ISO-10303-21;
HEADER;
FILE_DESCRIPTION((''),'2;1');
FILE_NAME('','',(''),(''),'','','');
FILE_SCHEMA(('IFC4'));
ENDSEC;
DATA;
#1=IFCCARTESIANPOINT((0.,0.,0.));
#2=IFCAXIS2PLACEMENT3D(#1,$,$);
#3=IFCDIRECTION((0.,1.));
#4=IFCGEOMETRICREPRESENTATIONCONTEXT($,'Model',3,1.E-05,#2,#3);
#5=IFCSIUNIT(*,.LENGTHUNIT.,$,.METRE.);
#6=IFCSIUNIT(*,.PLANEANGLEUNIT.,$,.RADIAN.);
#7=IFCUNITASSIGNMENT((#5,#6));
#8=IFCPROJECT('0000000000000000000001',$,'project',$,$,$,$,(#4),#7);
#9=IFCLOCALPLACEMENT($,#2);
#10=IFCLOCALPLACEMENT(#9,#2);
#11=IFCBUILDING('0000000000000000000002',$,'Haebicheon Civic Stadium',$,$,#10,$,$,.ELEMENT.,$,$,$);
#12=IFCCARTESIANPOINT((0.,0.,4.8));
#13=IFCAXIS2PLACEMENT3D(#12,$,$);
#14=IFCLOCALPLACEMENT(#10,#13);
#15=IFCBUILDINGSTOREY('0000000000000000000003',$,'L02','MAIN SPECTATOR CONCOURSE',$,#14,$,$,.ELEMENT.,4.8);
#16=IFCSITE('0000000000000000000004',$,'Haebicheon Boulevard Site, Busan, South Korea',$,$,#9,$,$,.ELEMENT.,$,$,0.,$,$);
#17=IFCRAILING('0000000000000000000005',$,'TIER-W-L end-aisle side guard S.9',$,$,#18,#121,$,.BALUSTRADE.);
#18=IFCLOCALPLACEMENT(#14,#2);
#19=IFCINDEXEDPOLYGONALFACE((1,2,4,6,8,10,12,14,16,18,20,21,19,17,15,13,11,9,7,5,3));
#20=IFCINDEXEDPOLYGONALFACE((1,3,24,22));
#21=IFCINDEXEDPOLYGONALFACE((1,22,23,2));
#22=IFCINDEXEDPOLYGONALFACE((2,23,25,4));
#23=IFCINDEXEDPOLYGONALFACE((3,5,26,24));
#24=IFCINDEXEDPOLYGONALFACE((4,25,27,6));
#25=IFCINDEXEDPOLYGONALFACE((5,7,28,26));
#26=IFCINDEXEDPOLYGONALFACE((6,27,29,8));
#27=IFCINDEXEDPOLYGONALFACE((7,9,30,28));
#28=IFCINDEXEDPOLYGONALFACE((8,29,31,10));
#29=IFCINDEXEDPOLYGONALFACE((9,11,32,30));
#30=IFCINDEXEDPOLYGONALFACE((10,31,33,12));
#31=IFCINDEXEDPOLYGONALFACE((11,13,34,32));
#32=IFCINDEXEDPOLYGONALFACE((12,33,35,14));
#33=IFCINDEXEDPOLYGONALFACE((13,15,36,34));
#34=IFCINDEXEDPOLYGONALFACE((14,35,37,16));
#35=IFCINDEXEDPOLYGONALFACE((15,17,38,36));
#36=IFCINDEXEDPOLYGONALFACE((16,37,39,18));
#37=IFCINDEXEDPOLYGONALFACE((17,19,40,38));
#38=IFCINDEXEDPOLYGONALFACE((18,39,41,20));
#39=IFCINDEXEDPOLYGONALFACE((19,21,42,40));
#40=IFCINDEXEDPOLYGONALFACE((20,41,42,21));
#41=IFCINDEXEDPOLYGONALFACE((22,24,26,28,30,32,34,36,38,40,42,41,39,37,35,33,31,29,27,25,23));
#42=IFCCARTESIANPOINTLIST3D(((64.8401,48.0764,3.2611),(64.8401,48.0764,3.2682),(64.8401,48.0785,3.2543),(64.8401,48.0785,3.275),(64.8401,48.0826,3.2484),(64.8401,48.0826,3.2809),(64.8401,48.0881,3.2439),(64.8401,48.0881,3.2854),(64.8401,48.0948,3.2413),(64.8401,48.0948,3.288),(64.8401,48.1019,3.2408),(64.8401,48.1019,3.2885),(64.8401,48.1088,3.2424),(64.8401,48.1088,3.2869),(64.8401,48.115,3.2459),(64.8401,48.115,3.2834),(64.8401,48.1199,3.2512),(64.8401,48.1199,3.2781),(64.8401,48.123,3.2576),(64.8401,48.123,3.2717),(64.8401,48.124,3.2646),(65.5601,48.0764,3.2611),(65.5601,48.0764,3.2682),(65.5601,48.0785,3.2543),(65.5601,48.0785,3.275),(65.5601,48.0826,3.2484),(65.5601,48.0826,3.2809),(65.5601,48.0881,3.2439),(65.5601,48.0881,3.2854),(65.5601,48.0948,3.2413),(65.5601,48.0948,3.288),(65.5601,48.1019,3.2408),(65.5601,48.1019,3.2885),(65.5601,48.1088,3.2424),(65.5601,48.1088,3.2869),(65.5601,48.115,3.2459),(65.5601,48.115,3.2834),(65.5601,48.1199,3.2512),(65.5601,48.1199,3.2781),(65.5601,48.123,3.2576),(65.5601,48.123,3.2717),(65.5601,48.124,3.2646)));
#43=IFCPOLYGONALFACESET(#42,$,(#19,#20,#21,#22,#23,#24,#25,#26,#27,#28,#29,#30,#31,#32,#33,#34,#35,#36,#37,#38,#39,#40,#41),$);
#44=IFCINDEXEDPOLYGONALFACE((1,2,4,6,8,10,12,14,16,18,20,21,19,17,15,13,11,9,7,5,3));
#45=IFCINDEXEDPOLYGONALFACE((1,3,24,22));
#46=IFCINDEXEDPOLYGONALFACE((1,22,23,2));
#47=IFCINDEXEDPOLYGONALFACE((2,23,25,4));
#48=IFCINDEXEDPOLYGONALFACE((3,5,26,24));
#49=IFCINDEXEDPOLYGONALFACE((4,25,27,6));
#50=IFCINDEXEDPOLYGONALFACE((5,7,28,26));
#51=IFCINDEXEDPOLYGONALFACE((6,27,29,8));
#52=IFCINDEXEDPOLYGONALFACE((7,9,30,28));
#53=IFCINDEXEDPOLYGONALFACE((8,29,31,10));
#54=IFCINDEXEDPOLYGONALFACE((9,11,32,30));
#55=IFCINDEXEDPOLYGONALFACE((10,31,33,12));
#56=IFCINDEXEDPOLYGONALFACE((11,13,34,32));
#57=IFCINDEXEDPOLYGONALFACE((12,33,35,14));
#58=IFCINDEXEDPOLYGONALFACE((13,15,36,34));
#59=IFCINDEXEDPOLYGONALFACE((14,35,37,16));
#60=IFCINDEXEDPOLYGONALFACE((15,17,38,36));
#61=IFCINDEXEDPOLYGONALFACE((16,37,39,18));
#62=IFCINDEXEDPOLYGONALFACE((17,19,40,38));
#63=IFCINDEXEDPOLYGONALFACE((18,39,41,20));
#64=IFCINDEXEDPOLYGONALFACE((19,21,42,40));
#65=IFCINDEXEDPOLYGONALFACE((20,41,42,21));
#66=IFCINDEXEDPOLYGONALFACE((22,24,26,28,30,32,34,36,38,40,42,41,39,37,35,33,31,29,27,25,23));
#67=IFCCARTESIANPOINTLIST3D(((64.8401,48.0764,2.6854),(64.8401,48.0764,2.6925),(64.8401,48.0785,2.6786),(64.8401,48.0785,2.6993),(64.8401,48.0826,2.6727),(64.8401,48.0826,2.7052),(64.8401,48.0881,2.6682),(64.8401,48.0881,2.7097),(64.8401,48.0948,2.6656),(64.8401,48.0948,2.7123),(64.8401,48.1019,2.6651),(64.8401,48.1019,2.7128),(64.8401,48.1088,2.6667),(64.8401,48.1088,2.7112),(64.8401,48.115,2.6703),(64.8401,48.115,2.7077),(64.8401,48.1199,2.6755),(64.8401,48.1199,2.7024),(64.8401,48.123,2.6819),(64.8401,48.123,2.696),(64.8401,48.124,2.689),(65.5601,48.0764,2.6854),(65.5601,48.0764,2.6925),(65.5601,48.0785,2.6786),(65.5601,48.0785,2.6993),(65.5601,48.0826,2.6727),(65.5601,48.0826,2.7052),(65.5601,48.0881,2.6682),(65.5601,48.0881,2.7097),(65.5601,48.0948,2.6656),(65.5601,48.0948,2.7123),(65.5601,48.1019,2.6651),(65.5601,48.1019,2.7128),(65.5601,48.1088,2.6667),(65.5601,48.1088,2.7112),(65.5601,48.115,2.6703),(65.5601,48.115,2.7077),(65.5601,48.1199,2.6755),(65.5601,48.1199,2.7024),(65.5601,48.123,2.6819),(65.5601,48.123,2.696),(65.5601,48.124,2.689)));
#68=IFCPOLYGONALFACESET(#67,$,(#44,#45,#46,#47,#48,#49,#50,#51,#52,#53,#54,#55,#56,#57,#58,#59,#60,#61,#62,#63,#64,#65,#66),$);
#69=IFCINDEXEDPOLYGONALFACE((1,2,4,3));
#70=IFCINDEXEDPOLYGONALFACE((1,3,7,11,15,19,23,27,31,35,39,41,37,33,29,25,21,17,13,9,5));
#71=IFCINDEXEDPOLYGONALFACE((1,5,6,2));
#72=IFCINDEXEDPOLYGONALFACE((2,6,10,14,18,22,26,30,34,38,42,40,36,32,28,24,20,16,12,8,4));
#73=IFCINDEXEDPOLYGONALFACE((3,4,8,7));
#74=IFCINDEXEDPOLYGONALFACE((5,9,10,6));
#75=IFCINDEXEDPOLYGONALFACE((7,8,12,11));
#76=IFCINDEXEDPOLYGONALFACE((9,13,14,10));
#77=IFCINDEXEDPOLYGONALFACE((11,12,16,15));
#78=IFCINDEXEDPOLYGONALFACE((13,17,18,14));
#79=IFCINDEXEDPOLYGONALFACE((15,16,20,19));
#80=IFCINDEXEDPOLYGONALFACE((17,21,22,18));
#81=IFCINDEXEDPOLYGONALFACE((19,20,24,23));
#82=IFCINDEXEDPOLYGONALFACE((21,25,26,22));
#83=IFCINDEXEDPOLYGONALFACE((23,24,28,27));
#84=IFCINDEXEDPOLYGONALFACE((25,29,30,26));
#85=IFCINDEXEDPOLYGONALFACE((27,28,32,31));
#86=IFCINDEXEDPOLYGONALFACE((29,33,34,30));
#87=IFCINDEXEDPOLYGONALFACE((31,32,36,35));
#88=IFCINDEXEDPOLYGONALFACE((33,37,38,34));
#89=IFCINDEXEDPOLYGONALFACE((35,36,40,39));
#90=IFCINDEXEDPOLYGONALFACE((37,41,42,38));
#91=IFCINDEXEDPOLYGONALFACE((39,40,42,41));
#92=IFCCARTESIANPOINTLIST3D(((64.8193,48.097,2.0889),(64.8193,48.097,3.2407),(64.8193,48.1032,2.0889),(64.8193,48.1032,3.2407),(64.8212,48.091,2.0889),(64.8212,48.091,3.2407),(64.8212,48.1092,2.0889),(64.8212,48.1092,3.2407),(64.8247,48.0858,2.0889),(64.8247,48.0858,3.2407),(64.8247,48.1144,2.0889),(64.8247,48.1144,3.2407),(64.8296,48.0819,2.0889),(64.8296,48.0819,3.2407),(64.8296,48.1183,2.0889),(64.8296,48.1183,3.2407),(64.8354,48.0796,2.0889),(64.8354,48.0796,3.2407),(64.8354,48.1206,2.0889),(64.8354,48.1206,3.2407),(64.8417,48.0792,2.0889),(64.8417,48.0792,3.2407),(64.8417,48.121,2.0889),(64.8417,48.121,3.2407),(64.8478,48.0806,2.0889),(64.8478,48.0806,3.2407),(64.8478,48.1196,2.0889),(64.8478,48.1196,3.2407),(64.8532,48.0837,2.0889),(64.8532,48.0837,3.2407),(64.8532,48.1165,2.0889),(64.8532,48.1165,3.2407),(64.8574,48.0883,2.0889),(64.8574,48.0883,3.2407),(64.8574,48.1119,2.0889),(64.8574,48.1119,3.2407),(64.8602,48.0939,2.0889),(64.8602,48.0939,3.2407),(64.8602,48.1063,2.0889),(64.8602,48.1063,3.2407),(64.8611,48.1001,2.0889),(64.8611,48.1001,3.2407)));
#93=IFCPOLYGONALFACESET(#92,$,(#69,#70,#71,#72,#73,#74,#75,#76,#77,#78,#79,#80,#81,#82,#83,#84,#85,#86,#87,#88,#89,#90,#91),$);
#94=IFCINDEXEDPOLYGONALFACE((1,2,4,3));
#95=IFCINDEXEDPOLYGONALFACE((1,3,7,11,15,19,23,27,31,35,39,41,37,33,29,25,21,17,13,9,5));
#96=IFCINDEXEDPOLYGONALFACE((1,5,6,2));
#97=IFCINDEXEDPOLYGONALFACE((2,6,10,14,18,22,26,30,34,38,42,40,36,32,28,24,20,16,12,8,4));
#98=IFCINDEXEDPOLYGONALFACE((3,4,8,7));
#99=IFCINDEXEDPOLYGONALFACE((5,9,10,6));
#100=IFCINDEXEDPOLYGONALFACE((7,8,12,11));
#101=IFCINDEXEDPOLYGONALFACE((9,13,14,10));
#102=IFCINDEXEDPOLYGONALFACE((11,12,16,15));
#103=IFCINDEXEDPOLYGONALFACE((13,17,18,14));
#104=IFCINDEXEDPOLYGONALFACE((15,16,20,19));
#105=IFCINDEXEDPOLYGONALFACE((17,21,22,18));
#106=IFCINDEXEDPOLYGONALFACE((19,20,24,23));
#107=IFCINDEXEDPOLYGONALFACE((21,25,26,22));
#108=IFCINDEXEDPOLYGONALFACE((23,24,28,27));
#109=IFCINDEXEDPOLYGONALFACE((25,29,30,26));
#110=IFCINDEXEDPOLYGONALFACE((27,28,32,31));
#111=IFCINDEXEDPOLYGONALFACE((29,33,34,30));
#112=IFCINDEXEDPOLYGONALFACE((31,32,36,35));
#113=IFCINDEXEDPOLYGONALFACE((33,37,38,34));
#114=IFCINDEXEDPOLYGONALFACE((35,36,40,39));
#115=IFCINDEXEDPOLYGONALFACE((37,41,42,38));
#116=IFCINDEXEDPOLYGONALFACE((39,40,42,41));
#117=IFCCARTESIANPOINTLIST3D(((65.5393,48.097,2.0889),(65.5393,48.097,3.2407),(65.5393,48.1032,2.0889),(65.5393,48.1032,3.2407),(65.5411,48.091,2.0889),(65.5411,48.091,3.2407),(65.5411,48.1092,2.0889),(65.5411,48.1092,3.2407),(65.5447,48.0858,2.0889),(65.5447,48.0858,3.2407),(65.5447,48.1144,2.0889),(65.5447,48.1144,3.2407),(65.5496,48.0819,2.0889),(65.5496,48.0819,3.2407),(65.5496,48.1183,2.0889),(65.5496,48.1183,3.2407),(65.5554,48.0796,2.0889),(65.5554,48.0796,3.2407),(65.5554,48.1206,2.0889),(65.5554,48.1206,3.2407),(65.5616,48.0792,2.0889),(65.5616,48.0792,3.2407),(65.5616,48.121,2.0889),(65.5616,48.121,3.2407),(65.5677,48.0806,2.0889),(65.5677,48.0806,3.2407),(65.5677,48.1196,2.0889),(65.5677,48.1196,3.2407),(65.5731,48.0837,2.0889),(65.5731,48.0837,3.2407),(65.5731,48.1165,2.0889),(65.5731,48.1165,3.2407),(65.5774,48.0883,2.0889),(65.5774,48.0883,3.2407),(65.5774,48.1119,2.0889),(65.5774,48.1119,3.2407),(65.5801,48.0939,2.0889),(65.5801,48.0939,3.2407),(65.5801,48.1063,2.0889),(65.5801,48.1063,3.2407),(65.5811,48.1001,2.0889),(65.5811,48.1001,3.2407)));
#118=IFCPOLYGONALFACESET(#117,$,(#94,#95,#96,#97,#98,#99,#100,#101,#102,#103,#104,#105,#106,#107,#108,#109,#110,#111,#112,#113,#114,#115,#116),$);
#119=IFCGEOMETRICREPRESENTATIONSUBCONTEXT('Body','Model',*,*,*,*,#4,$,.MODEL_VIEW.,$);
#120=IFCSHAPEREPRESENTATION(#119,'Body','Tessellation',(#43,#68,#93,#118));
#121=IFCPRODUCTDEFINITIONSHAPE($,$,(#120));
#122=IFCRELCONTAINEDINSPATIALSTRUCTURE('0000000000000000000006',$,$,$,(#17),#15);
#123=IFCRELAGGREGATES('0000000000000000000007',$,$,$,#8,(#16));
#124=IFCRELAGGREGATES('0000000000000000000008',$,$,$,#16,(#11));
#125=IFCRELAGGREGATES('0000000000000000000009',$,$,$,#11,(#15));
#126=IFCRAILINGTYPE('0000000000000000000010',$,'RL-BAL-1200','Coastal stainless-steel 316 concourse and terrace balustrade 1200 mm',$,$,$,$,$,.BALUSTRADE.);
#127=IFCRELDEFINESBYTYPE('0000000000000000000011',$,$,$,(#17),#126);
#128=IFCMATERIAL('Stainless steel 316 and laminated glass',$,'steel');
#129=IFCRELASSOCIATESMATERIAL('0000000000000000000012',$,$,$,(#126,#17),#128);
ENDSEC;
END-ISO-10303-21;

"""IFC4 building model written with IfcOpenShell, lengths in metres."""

from ifc_helpers import new_model, si_unit, direction, frame, origin, origin_2d, place, context, subcontext, project, spatial, circle, extrude, material, type_object, element, save


model = new_model("IFC4")

# Units and contexts
model_context = context("Model", 3, precision=1e-05, world=origin(), true_north=direction((0.0, 1.0)))
body_context = subcontext(model_context, "Body", "Model", "MODEL_VIEW")
ifc_project = project(units=[si_unit("LENGTHUNIT", "METRE"), si_unit("PLANEANGLEUNIT", "RADIAN")], contexts=[model_context])

# Site, building, storey
site_placement = place(None, origin())
site = spatial("IfcSite", under=ifc_project, at=site_placement, Name="Haebicheon Boulevard Site, Busan, South Korea", CompositionType="ELEMENT", RefElevation=0.0)
building_placement = place(site_placement, origin())
building = spatial("IfcBuilding", under=site, at=building_placement, Name="Haebicheon Civic Stadium", CompositionType="ELEMENT")
storey_placement = place(building_placement, frame((0.0, 0.0, 4.8)))
storey = spatial("IfcBuildingStorey", under=building, at=storey_placement, Name="L02", Description="MAIN SPECTATOR CONCOURSE", CompositionType="ELEMENT", Elevation=4.8)

# Railing
ifc_material_1 = material(Name="Stainless steel 316 and laminated glass", Category="steel")
railing_type = type_object("IfcRailingType", Name="RL-BAL-1200", Description="Coastal stainless-steel 316 concourse and terrace balustrade 1200 mm", PredefinedType="BALUSTRADE", material=ifc_material_1)
for number, where, name in (
    (1, (64.8401, 48.1001, 2.0889), "TIER-W-L end-aisle side guard S.9"),
):
    element("IfcRailing", number, at=place(storey_placement, frame(where)), inside=storey, type_object=railing_type, material=ifc_material_1, Name=name, PredefinedType="BALUSTRADE", context=body_context, shape_type="SweptSolid", body=[
        extrude(circle(Radius=0.0239, at=origin_2d()), frame((0.0, 0.0, 1.1758), z_axis=(1.0, 0.0, 0.0), x_axis=(0.0, 1.0, 0.0)), (0.0, 0.0, 1.0), 0.72),
        extrude(circle(Radius=0.0239, at=origin_2d()), frame((0.0, 0.0, 0.6001), z_axis=(1.0, 0.0, 0.0), x_axis=(0.0, 1.0, 0.0)), (0.0, 0.0, 1.0), 0.72),
        extrude(circle(Radius=0.021, at=origin_2d()), origin(), (0.0, 0.0, 1.0), 1.1519),
        extrude(circle(Radius=0.021, at=origin_2d()), frame((0.72, 0.0, 0.0)), (0.0, 0.0, 1.0), 1.1519),
    ])

save(model, "model.ifc")
